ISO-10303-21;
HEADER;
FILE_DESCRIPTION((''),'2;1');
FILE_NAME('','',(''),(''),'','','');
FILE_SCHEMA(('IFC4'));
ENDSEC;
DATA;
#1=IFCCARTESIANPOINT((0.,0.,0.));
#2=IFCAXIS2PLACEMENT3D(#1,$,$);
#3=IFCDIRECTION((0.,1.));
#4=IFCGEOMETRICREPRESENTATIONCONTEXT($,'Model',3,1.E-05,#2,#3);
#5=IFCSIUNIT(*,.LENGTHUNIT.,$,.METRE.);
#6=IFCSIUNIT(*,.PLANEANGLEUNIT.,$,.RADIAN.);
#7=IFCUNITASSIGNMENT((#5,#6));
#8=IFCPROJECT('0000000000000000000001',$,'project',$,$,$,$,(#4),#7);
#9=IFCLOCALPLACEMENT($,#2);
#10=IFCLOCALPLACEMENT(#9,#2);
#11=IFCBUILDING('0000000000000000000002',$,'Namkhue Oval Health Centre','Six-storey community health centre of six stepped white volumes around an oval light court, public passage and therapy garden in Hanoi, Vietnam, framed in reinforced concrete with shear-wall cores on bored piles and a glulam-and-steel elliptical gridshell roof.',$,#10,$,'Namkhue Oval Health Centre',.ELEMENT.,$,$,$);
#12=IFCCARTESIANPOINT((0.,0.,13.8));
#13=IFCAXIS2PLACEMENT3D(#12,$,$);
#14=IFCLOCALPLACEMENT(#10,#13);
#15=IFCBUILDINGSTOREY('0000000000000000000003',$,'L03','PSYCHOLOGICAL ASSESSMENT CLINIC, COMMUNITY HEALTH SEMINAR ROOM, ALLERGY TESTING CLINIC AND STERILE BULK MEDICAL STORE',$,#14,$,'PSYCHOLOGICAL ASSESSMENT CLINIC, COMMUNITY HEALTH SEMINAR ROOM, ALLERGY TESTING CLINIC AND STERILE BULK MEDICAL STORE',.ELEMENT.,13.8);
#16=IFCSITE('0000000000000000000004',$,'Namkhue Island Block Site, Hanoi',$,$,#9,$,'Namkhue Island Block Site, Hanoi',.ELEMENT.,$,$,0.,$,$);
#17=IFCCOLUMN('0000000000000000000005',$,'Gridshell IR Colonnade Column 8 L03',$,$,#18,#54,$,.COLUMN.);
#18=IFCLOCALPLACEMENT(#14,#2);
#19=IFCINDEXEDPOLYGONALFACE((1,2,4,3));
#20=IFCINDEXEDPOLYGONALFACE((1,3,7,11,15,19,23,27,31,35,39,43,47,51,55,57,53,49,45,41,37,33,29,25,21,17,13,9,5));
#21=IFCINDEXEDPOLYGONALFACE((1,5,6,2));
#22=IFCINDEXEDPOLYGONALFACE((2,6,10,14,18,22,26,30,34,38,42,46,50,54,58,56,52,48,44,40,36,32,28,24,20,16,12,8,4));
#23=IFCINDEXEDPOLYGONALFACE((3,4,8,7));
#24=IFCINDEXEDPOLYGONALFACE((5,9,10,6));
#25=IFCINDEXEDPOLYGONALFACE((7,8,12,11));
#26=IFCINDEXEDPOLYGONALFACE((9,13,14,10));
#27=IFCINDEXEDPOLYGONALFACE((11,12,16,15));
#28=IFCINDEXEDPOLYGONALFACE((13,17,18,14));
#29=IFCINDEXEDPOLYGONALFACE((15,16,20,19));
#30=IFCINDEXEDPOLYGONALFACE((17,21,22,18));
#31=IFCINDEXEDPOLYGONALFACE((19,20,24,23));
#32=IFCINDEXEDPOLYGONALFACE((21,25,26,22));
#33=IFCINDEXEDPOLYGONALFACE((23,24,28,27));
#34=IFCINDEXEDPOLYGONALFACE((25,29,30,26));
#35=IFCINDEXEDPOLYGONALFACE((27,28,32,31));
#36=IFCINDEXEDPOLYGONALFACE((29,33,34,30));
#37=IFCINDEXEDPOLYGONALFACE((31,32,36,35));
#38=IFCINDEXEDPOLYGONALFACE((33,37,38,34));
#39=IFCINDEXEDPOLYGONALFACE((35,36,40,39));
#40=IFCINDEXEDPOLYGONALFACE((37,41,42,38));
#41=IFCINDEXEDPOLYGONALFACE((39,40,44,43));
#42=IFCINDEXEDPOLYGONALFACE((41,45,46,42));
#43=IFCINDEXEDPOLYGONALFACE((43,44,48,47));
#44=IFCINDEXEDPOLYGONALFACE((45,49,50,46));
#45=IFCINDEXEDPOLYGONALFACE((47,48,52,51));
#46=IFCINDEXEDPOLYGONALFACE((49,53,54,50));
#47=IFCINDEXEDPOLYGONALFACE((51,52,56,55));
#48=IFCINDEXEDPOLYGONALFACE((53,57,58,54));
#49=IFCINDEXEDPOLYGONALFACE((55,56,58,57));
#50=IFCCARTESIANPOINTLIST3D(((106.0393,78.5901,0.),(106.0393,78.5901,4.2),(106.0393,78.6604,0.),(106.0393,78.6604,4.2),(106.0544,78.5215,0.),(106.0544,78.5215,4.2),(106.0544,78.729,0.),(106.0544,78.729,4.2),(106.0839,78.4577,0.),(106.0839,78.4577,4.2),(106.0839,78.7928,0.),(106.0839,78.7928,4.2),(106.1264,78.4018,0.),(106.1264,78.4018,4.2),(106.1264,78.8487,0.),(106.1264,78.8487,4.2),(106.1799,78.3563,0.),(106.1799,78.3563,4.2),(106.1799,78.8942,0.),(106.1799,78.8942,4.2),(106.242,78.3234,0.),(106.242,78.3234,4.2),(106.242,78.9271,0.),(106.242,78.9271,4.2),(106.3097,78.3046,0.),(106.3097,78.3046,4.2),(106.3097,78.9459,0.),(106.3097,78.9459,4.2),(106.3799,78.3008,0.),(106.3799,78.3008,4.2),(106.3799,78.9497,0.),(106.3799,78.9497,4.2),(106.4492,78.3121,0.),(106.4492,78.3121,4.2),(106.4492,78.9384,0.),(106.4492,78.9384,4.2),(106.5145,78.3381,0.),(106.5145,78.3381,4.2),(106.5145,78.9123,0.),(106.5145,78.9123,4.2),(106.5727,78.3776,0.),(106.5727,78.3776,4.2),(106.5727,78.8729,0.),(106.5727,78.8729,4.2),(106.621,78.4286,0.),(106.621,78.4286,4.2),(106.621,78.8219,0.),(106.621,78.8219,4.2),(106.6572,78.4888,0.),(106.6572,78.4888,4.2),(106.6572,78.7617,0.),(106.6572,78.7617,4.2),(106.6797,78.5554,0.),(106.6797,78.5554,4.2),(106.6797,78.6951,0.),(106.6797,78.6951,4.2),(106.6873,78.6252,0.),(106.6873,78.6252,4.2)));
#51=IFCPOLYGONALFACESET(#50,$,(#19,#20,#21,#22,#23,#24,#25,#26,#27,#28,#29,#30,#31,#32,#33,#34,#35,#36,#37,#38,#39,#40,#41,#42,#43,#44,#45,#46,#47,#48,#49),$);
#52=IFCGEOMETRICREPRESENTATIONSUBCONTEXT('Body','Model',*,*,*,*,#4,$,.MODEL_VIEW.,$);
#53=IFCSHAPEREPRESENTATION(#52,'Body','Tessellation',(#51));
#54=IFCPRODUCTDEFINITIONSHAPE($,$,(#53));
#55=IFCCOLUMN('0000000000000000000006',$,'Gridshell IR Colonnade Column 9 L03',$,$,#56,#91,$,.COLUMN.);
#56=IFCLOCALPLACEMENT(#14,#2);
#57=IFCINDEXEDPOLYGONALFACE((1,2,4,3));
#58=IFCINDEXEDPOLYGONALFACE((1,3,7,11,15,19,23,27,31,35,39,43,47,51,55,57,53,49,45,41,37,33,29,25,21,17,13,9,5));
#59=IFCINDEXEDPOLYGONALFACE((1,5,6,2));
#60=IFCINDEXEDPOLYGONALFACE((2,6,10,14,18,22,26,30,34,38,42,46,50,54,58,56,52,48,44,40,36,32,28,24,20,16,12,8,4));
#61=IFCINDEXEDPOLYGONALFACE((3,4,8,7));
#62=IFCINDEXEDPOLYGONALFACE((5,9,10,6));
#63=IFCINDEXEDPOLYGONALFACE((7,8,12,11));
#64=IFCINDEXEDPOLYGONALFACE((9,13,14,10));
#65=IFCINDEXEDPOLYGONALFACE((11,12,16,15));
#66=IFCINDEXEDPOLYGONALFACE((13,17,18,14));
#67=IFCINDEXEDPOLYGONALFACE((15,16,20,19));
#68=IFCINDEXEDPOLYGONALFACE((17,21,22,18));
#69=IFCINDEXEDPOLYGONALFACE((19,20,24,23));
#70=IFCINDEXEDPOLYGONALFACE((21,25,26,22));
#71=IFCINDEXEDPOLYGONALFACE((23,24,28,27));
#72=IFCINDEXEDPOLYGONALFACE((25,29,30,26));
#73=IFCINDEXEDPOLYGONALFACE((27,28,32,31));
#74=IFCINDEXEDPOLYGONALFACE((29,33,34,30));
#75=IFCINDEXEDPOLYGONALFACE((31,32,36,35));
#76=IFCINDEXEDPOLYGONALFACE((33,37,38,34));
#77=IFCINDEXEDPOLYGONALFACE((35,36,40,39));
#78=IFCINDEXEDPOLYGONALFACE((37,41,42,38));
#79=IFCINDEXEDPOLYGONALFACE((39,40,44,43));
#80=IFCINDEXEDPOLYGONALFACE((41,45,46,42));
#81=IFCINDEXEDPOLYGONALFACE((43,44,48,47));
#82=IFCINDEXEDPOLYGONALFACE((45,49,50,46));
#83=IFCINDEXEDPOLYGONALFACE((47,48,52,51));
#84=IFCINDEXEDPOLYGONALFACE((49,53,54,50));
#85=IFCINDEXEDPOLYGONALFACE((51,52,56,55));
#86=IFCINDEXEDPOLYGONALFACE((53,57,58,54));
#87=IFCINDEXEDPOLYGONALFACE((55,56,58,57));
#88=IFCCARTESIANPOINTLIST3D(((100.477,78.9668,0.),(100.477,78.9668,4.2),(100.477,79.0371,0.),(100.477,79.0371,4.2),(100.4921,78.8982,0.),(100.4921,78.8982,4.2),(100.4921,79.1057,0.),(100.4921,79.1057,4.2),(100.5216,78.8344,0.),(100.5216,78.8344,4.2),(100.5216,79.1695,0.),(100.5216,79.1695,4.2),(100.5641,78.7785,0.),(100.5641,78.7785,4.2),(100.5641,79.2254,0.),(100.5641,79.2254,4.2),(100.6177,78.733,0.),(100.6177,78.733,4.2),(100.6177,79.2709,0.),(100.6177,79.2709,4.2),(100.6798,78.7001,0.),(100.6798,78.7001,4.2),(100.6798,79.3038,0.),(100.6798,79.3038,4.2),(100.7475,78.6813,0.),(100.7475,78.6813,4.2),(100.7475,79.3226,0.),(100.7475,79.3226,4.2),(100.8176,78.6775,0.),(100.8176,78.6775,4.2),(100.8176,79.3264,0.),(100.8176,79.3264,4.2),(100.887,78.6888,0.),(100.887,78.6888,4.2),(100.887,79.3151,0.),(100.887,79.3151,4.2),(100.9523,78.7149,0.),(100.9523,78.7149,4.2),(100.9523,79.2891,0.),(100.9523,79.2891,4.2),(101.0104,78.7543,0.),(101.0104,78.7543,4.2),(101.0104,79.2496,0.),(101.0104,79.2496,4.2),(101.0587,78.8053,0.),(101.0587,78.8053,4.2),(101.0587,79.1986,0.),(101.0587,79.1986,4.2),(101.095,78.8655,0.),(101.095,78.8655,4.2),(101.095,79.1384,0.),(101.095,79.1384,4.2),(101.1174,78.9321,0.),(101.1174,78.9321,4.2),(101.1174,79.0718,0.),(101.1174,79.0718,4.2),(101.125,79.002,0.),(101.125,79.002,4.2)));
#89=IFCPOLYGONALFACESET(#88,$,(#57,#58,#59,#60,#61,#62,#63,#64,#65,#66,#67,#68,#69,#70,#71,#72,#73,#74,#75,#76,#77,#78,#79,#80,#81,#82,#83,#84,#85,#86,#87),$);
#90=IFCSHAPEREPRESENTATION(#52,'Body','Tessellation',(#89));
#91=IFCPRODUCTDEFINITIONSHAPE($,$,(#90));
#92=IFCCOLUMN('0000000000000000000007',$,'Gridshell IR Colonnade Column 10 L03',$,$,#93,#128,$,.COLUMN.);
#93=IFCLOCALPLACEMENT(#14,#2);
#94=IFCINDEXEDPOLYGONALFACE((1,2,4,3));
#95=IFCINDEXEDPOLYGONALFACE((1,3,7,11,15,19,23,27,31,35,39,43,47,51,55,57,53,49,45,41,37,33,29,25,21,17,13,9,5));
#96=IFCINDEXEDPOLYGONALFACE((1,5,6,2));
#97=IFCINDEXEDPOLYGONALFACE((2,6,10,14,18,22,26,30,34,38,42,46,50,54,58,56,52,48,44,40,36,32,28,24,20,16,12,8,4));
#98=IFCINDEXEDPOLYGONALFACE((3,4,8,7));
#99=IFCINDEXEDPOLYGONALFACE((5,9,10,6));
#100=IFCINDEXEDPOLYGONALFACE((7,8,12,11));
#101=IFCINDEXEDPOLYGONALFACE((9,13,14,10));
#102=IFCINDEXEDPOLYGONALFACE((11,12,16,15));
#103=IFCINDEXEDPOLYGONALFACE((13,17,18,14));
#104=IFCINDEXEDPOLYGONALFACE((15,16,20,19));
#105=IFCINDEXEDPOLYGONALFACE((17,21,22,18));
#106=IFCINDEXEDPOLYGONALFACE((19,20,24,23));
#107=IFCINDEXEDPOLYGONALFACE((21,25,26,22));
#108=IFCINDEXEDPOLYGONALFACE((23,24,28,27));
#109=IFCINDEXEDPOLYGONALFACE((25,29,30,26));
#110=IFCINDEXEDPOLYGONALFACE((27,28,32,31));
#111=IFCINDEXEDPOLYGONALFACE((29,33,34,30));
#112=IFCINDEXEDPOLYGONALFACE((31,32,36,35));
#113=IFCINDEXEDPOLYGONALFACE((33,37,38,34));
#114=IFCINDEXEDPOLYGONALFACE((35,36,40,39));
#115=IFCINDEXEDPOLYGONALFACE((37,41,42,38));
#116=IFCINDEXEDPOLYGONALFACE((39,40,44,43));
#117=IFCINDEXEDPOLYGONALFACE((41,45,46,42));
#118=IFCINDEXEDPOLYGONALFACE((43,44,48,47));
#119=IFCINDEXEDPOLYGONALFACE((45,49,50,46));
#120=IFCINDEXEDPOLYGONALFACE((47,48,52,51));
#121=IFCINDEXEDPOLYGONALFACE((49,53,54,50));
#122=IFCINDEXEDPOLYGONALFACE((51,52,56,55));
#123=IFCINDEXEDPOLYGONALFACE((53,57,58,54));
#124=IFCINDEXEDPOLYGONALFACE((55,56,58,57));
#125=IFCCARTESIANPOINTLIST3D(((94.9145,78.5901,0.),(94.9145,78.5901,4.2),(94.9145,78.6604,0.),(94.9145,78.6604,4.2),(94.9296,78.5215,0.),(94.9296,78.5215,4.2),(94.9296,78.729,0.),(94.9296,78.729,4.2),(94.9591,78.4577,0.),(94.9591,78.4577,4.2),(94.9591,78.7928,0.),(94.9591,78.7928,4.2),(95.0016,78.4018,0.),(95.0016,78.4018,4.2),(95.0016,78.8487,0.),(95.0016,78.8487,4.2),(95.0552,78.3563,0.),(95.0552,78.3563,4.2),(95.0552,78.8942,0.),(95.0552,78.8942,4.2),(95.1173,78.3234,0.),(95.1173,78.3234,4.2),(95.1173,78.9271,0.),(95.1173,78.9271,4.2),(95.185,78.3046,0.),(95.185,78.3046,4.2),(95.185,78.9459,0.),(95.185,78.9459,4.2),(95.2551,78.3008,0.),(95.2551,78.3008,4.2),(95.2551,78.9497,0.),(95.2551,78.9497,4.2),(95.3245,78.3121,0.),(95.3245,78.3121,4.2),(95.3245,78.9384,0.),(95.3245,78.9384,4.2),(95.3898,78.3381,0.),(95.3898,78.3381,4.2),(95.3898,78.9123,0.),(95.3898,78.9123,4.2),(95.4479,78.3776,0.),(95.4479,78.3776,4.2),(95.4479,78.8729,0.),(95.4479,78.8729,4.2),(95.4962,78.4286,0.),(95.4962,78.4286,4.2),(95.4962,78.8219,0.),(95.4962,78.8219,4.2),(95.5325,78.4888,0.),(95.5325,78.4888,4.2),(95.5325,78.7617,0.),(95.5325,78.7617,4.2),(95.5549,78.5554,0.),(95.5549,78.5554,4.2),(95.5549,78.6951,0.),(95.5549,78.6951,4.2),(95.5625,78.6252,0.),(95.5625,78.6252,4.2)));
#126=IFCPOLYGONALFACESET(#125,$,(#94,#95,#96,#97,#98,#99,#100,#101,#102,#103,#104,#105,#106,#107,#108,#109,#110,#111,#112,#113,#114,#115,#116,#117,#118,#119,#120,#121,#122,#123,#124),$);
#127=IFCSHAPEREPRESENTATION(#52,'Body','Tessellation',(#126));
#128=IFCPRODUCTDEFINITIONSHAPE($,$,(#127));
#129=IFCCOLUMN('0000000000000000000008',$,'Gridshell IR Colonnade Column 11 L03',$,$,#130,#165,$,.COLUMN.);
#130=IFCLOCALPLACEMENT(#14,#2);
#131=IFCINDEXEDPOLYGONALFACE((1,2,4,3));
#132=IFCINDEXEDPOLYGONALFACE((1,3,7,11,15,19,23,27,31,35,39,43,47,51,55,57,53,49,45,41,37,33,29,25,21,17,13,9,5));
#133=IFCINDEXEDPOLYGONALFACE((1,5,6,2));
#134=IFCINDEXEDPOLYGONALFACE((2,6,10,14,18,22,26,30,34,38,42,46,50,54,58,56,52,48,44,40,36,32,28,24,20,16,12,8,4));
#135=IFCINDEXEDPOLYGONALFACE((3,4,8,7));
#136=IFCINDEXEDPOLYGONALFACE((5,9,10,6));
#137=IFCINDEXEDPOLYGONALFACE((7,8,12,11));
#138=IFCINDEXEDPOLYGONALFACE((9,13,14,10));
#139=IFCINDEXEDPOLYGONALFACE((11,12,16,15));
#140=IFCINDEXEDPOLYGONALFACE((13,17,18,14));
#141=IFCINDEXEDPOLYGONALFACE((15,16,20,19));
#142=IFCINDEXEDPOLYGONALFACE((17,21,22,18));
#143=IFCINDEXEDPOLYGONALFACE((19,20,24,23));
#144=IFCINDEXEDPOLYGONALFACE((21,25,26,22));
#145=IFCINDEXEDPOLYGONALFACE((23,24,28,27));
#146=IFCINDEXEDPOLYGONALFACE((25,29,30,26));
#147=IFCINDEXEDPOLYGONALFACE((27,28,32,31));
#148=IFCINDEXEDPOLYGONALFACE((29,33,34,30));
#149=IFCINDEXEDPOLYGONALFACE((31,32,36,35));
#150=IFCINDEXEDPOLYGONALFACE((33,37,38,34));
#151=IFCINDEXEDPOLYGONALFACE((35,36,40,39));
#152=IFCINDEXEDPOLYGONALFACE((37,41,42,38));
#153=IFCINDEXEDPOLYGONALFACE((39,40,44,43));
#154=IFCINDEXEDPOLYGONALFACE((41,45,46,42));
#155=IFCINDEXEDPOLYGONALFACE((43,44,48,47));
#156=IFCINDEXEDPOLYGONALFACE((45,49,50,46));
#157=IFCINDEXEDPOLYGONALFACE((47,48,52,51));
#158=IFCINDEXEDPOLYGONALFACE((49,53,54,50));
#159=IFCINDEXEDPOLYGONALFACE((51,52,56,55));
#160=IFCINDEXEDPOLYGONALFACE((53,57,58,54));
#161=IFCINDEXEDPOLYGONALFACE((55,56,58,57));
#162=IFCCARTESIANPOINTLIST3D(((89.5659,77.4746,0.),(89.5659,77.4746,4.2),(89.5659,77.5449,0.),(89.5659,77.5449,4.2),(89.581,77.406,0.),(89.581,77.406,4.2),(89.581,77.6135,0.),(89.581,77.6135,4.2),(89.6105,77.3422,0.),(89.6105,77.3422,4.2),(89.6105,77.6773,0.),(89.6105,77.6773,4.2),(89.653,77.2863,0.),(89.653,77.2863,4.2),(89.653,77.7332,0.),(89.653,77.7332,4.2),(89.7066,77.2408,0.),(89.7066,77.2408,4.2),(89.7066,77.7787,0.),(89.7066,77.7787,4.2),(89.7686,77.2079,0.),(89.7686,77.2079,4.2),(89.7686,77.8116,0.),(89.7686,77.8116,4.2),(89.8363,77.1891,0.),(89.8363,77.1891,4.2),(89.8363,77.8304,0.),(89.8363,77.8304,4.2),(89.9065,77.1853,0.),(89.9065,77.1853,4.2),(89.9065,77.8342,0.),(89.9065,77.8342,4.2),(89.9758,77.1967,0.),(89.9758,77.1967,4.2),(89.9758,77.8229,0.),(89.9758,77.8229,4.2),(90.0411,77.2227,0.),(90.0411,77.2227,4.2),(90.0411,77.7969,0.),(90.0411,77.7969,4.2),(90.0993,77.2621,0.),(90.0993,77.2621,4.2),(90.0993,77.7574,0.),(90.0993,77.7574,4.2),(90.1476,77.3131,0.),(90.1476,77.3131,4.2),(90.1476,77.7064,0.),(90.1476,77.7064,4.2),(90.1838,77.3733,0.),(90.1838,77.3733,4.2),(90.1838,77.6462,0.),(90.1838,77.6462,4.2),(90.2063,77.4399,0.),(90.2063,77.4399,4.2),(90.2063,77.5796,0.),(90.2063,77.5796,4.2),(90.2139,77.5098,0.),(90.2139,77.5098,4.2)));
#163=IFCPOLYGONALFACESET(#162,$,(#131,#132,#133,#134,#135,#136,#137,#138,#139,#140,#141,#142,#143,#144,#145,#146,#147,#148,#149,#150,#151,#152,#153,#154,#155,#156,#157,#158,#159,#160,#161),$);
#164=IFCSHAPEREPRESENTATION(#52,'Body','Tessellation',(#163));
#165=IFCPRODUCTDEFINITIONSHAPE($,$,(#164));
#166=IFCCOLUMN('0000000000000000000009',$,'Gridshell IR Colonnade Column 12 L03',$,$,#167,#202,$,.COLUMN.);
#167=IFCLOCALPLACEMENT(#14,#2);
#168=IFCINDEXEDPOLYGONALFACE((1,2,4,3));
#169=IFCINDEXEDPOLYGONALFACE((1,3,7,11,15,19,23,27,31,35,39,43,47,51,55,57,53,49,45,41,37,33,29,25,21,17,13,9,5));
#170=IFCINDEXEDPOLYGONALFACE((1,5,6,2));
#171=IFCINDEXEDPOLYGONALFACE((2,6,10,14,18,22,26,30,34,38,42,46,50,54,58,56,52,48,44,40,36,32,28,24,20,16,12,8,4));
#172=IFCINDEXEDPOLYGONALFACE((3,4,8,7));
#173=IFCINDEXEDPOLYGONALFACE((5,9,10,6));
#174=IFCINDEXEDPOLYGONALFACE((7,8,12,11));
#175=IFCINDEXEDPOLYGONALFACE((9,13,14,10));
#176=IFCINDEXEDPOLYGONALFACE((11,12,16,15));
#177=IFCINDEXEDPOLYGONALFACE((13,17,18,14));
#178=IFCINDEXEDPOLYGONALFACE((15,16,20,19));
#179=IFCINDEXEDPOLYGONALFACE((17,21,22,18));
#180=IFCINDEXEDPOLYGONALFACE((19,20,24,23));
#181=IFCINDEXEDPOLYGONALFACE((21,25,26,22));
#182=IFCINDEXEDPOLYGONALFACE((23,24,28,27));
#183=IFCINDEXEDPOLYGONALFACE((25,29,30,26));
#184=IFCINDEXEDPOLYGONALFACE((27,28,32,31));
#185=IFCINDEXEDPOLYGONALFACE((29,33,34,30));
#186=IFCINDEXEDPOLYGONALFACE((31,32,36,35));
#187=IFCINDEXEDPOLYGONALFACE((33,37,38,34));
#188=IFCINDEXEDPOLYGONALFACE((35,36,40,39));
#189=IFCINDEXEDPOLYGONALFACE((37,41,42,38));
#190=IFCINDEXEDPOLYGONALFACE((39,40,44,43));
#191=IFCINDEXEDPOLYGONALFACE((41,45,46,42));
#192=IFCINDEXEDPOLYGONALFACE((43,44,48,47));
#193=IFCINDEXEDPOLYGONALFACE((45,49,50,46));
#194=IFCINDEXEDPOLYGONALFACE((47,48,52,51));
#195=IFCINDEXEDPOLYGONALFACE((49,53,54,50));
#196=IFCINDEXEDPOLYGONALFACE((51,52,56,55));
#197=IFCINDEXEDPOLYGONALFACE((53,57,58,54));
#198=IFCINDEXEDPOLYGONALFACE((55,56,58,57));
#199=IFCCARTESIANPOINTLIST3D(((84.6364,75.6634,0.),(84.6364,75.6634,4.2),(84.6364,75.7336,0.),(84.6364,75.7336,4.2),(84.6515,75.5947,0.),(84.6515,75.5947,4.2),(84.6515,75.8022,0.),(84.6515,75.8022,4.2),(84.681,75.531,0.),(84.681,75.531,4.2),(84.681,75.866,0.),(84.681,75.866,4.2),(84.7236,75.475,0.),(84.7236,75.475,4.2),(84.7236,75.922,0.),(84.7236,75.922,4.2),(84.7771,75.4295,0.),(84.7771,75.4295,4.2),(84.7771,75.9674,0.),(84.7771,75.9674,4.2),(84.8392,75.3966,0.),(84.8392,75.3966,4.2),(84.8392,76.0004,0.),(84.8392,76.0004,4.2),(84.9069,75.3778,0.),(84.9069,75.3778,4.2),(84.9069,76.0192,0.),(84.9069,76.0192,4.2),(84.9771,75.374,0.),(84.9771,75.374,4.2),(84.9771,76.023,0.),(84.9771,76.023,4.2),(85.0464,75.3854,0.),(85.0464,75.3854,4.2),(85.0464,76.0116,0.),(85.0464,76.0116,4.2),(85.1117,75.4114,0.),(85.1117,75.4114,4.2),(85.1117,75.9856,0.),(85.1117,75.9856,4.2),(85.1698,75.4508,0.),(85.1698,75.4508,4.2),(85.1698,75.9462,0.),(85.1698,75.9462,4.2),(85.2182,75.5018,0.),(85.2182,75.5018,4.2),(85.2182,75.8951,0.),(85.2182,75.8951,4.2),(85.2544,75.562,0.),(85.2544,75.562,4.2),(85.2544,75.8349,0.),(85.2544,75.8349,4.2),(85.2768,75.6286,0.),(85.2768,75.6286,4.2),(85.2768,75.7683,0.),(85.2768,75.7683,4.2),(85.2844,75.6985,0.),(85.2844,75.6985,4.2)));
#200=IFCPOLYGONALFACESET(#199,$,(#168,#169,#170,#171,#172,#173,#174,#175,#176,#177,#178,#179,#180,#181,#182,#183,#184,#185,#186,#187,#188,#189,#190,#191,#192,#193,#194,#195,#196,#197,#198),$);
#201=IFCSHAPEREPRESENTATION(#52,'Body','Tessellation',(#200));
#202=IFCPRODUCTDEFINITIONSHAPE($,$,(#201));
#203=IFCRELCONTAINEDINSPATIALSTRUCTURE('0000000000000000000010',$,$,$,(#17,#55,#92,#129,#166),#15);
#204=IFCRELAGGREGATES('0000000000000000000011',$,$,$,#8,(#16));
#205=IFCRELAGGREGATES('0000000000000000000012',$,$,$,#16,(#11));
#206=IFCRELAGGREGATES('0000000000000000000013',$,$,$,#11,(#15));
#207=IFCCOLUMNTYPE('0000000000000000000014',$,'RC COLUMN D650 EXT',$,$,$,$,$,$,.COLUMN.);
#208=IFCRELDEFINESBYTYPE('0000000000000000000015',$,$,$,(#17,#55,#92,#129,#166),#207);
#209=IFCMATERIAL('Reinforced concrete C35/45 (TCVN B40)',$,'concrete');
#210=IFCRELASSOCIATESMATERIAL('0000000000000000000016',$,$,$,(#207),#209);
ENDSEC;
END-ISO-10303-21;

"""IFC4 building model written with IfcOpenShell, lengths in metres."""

from ifc_helpers import new_model, si_unit, direction, frame, origin, origin_2d, place, context, subcontext, project, spatial, circle, extrude, material, material_profile, profile_set, type_object, element, save


model = new_model("IFC4")

# Units and contexts
model_context = context("Model", 3, precision=1e-05, world=origin(), true_north=direction((0.0, 1.0)))
body_context = subcontext(model_context, "Body", "Model", "MODEL_VIEW")
ifc_project = project(units=[si_unit("LENGTHUNIT", "METRE"), si_unit("PLANEANGLEUNIT", "RADIAN")], contexts=[model_context])

# Site, building, storey
site_placement = place(None, origin())
site = spatial("IfcSite", under=ifc_project, at=site_placement, Name="Namkhue Island Block Site, Hanoi", LongName="Namkhue Island Block Site, Hanoi", CompositionType="ELEMENT", RefElevation=0.0)
building_placement = place(site_placement, origin())
building = spatial("IfcBuilding", under=site, at=building_placement, Name="Namkhue Oval Health Centre", Description="Six-storey community health centre of six stepped white volumes around an oval light court, public passage and therapy garden in Hanoi, Vietnam, framed in reinforced concrete with shear-wall cores on bored piles and a glulam-and-steel elliptical gridshell roof.", LongName="Namkhue Oval Health Centre", CompositionType="ELEMENT")
storey_placement = place(building_placement, frame((0.0, 0.0, 13.8)))
storey = spatial("IfcBuildingStorey", under=building, at=storey_placement, Name="L03", Description="PSYCHOLOGICAL ASSESSMENT CLINIC, COMMUNITY HEALTH SEMINAR ROOM, ALLERGY TESTING CLINIC AND STERILE BULK MEDICAL STORE", LongName="PSYCHOLOGICAL ASSESSMENT CLINIC, COMMUNITY HEALTH SEMINAR ROOM, ALLERGY TESTING CLINIC AND STERILE BULK MEDICAL STORE", CompositionType="ELEMENT", Elevation=13.8)

# Columns
ifc_material_1 = material(Name="Reinforced concrete C35/45 (TCVN B40)", Category="concrete")
ifc_material_profile = material_profile(ifc_material_1, circle(Radius=0.325, at=origin_2d()), Name="RC D650")
ifc_profile_set = profile_set([ifc_material_profile], Name="Reinforced concrete C35/45 (TCVN B40)")
column_type = type_object("IfcColumnType", Name="RC COLUMN D650 EXT", PredefinedType="COLUMN", material=ifc_profile_set)
for number, where, z_axis, x_axis, name in (
    (1, (106.3623, 78.6252, 0.0), (0.0, 0.0, 1.0), (1.0, 0.0, 0.0), "Gridshell IR Colonnade Column 8 L03"),
    (2, (100.8, 79.002, 0.0), (0.0, 0.0, 1.0), (1.0, 0.0, 0.0), "Gridshell IR Colonnade Column 9 L03"),
    (3, (95.2375, 78.6252, 0.0), (0.0, 0.0, 1.0), (1.0, 0.0, 0.0), "Gridshell IR Colonnade Column 10 L03"),
    (4, (89.8889, 77.5098, 0.0), (0.0, 0.0, 1.0), (1.0, 0.0, 0.0), "Gridshell IR Colonnade Column 11 L03"),
    (5, (84.9595, 75.6985, 0.0), (0.0, 0.0, 1.0), (1.0, 0.0, 0.0), "Gridshell IR Colonnade Column 12 L03"),
):
    element("IfcColumn", number, at=place(storey_placement, frame(where, z_axis=z_axis, x_axis=x_axis)), inside=storey, type_object=column_type, Name=name, PredefinedType="COLUMN", context=body_context, shape_type="SweptSolid", body=[
        extrude(circle(Radius=0.325, at=origin_2d()), origin(), (0.0, 0.0, 1.0), 4.2),
    ])

save(model, "model.ifc")
